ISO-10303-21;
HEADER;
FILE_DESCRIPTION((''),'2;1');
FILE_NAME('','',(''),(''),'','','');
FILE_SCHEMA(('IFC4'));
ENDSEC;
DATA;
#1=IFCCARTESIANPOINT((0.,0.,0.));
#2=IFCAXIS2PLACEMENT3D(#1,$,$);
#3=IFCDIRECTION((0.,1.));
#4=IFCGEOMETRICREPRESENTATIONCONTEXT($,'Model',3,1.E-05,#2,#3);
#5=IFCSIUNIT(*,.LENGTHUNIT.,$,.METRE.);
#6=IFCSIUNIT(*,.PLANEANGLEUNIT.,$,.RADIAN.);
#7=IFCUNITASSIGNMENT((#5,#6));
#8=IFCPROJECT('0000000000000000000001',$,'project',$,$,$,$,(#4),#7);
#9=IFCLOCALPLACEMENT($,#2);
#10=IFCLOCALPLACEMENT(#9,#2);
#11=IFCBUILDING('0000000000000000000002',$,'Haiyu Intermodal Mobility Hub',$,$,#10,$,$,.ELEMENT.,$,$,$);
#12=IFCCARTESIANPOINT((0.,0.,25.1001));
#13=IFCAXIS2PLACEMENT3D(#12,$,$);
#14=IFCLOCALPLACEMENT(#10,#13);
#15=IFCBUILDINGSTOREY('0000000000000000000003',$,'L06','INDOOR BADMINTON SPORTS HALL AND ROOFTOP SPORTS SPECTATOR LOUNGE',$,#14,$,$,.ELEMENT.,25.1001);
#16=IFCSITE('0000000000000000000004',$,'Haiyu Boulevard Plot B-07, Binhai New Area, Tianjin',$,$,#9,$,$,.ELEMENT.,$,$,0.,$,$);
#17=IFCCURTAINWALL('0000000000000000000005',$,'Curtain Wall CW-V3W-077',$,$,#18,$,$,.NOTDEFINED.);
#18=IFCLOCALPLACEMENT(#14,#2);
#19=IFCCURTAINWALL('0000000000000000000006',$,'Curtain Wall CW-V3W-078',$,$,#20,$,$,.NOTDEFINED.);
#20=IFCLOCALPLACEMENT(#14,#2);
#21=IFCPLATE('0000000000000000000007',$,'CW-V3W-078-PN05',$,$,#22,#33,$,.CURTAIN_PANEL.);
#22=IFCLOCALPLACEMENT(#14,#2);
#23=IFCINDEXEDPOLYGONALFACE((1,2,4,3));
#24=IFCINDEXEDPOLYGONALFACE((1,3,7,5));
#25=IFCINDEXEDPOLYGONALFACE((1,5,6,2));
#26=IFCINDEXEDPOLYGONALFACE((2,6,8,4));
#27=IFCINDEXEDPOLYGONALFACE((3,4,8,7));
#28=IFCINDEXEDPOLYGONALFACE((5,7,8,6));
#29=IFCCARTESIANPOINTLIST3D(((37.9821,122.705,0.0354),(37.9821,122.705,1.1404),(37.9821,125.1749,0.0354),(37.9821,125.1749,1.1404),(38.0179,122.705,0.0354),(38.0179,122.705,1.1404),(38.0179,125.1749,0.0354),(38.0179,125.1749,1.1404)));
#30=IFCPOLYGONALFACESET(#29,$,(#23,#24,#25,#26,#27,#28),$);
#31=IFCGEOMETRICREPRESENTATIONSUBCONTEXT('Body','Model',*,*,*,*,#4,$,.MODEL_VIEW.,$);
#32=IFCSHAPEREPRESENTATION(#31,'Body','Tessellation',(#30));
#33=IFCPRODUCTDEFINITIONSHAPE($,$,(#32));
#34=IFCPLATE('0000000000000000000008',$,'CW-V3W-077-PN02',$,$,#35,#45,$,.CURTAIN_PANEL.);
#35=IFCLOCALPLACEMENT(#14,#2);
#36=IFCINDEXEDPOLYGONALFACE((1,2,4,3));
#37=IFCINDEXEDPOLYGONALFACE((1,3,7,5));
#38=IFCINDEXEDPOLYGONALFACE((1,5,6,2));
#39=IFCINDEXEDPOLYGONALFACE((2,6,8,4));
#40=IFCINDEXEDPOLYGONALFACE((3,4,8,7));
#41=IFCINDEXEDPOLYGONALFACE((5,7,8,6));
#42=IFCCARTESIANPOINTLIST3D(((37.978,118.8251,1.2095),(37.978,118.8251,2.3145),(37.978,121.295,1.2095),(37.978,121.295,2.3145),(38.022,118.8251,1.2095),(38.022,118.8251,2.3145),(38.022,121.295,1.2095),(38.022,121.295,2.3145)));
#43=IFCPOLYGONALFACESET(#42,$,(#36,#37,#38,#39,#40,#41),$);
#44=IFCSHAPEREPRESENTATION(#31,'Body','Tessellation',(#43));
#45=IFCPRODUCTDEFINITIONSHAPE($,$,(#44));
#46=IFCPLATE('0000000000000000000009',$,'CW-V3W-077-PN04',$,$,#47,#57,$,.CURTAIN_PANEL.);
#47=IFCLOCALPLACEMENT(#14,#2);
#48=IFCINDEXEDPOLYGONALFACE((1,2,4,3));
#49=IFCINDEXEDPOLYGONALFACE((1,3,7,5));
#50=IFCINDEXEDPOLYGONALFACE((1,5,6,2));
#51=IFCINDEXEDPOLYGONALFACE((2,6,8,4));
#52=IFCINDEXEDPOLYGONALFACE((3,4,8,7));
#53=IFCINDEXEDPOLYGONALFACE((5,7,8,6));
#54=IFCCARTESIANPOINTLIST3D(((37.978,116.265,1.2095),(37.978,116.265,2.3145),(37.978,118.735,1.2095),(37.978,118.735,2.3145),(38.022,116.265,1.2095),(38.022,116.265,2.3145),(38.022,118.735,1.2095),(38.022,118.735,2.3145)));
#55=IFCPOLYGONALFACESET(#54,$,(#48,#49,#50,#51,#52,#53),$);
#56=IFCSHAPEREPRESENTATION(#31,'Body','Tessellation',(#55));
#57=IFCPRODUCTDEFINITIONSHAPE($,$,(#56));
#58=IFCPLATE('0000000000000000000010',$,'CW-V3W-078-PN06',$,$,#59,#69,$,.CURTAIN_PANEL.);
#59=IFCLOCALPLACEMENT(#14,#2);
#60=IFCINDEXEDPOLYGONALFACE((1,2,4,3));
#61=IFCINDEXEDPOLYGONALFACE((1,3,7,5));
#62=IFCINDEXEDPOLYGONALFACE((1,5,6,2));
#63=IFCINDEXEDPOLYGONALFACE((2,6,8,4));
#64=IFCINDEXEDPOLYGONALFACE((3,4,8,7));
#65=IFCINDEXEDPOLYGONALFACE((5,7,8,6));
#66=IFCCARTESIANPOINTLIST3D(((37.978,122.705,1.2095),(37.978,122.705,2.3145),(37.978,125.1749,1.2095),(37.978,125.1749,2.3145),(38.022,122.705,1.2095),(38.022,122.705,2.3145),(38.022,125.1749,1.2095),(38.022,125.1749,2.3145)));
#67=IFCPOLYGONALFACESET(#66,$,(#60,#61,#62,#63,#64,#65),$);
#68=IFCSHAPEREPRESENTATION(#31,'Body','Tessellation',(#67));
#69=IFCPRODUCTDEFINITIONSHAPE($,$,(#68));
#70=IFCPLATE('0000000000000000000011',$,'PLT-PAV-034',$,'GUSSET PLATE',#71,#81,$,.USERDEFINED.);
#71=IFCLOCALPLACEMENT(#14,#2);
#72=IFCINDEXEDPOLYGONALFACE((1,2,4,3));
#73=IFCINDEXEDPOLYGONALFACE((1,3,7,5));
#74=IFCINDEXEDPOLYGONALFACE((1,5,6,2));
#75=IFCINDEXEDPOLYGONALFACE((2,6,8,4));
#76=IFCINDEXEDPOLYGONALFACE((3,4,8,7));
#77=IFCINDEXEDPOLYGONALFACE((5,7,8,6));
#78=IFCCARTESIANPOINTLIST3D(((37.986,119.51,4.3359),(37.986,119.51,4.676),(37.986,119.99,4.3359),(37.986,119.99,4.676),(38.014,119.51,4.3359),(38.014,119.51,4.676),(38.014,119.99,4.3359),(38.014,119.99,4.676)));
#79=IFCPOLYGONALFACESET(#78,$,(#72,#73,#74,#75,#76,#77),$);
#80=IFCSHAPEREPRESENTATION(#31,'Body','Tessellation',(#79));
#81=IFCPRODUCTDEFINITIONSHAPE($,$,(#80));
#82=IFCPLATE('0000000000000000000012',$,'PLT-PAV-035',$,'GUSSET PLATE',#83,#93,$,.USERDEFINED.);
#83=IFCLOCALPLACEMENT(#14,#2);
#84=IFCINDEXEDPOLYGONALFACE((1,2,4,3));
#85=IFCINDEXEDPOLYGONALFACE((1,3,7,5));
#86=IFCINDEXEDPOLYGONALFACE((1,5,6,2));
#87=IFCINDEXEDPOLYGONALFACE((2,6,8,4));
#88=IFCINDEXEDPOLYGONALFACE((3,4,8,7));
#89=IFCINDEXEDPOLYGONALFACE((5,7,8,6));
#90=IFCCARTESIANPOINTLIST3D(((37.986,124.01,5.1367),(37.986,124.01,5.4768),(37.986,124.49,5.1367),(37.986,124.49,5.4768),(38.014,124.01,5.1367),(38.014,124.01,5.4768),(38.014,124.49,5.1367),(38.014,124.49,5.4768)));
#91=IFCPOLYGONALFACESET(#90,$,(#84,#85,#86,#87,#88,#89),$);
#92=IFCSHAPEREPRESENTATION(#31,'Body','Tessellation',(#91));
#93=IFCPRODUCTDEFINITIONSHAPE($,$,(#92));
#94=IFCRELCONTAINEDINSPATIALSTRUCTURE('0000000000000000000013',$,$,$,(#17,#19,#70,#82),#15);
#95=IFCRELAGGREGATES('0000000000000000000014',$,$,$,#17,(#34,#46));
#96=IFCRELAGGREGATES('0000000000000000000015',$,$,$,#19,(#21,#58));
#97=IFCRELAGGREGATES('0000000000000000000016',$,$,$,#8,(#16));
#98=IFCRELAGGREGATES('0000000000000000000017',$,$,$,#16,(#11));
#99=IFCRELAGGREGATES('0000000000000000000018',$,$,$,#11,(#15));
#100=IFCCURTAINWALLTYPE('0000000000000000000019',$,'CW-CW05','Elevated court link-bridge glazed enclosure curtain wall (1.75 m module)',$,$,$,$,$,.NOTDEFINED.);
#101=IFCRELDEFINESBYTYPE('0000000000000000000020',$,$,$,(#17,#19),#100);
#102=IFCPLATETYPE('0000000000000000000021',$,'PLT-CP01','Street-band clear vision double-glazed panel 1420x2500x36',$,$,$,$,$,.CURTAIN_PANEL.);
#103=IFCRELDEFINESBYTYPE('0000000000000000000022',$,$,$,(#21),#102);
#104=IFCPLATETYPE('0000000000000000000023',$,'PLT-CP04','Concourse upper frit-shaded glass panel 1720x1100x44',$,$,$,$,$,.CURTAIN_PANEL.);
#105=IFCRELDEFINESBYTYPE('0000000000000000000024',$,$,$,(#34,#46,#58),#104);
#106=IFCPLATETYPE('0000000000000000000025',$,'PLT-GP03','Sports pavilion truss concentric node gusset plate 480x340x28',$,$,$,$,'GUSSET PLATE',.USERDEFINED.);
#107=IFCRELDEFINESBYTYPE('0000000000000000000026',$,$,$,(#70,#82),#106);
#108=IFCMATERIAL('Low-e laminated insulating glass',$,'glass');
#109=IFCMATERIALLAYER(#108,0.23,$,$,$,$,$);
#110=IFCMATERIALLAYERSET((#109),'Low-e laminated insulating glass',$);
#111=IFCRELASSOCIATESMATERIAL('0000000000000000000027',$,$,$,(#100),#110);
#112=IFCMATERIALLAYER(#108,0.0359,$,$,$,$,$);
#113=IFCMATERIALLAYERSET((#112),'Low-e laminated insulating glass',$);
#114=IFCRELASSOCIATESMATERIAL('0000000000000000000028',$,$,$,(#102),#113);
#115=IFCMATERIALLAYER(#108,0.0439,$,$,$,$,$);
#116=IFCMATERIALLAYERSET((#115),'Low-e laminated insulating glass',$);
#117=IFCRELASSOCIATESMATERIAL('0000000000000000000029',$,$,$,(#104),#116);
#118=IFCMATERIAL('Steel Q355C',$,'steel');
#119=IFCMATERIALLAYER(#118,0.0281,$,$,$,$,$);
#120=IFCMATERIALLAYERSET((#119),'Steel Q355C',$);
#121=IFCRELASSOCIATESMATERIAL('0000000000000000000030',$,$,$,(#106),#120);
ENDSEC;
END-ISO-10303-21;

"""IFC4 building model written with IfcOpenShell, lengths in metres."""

from ifc_helpers import new_model, si_unit, direction, frame, origin, origin_2d, place, context, subcontext, project, spatial, rectangle, extrude, material, layer, layer_set, type_object, element, aggregate, save


model = new_model("IFC4")

# Units and contexts
model_context = context("Model", 3, precision=1e-05, world=origin(), true_north=direction((0.0, 1.0)))
body_context = subcontext(model_context, "Body", "Model", "MODEL_VIEW")
ifc_project = project(units=[si_unit("LENGTHUNIT", "METRE"), si_unit("PLANEANGLEUNIT", "RADIAN")], contexts=[model_context])

# Site, building, storey
site_placement = place(None, origin())
site = spatial("IfcSite", under=ifc_project, at=site_placement, Name="Haiyu Boulevard Plot B-07, Binhai New Area, Tianjin", CompositionType="ELEMENT", RefElevation=0.0)
building_placement = place(site_placement, origin())
building = spatial("IfcBuilding", under=site, at=building_placement, Name="Haiyu Intermodal Mobility Hub", CompositionType="ELEMENT")
storey_placement = place(building_placement, frame((0.0, 0.0, 25.1001)))
storey = spatial("IfcBuildingStorey", under=building, at=storey_placement, Name="L06", Description="INDOOR BADMINTON SPORTS HALL AND ROOFTOP SPORTS SPECTATOR LOUNGE", CompositionType="ELEMENT", Elevation=25.1001)

# Shared definitions
ifc_material_1 = material(Name="Steel Q355C", Category="steel")

# Curtain walls
ifc_material_2 = material(Name="Low-e laminated insulating glass", Category="glass")
ifc_layer_1 = layer(ifc_material_2, 0.23)
ifc_layer_set_1 = layer_set([ifc_layer_1], Name="Low-e laminated insulating glass")
curtain_wall_type = type_object("IfcCurtainWallType", Name="CW-CW05", Description="Elevated court link-bridge glazed enclosure curtain wall (1.75 m module)", PredefinedType="NOTDEFINED", material=ifc_layer_set_1)
curtain_wall_1_placement = place(storey_placement, origin())
curtain_wall_1 = element("IfcCurtainWall", 1, at=curtain_wall_1_placement, inside=storey, type_object=curtain_wall_type, Name="Curtain Wall CW-V3W-077", PredefinedType="NOTDEFINED")
curtain_wall_2_placement = place(storey_placement, origin())
curtain_wall_2 = element("IfcCurtainWall", 2, at=curtain_wall_2_placement, inside=storey, type_object=curtain_wall_type, Name="Curtain Wall CW-V3W-078", PredefinedType="NOTDEFINED")

# Plates
ifc_layer_2 = layer(ifc_material_2, 0.0359)
ifc_layer_set_2 = layer_set([ifc_layer_2], Name="Low-e laminated insulating glass")
plate_type_1 = type_object("IfcPlateType", Name="PLT-CP01", Description="Street-band clear vision double-glazed panel 1420x2500x36", PredefinedType="CURTAIN_PANEL", material=ifc_layer_set_2)
plate_1_placement = place(storey_placement, frame((38.0, 123.9399, 0.0354), z_axis=(0.0, 0.0, 1.0), x_axis=(0.0, -1.0, 0.0)))
plate_1 = element("IfcPlate", 3, at=plate_1_placement, type_object=plate_type_1, Name="CW-V3W-078-PN05", PredefinedType="CURTAIN_PANEL", context=body_context, shape_type="SweptSolid", body=[
    extrude(rectangle(XDim=2.47, YDim=0.0359, at=origin_2d()), origin(), (0.0, 0.0, 1.0), 1.105),
])
ifc_layer_3 = layer(ifc_material_2, 0.0439)
ifc_layer_set_3 = layer_set([ifc_layer_3], Name="Low-e laminated insulating glass")
plate_type_2 = type_object("IfcPlateType", Name="PLT-CP04", Description="Concourse upper frit-shaded glass panel 1720x1100x44", PredefinedType="CURTAIN_PANEL", material=ifc_layer_set_3)
plate_2_placement = place(storey_placement, frame((38.0, 120.0601, 1.2095), z_axis=(0.0, 0.0, 1.0), x_axis=(0.0, -1.0, 0.0)))
plate_2 = element("IfcPlate", 4, at=plate_2_placement, type_object=plate_type_2, Name="CW-V3W-077-PN02", PredefinedType="CURTAIN_PANEL", context=body_context, shape_type="SweptSolid", body=[
    extrude(rectangle(XDim=2.47, YDim=0.0439, at=origin_2d()), origin(), (0.0, 0.0, 1.0), 1.105),
])
plate_3_placement = place(storey_placement, frame((38.0, 117.5, 1.2095), z_axis=(0.0, 0.0, 1.0), x_axis=(0.0, -1.0, 0.0)))
plate_3 = element("IfcPlate", 5, at=plate_3_placement, type_object=plate_type_2, Name="CW-V3W-077-PN04", PredefinedType="CURTAIN_PANEL", context=body_context, shape_type="SweptSolid", body=[
    extrude(rectangle(XDim=2.47, YDim=0.0439, at=origin_2d()), origin(), (0.0, 0.0, 1.0), 1.105),
])
aggregate(curtain_wall_1, [plate_2, plate_3])
plate_4_placement = place(storey_placement, frame((38.0, 123.9399, 1.2095), z_axis=(0.0, 0.0, 1.0), x_axis=(0.0, -1.0, 0.0)))
plate_4 = element("IfcPlate", 6, at=plate_4_placement, type_object=plate_type_2, Name="CW-V3W-078-PN06", PredefinedType="CURTAIN_PANEL", context=body_context, shape_type="SweptSolid", body=[
    extrude(rectangle(XDim=2.47, YDim=0.0439, at=origin_2d()), origin(), (0.0, 0.0, 1.0), 1.105),
])
aggregate(curtain_wall_2, [plate_1, plate_4])

# Plates
ifc_layer_4 = layer(ifc_material_1, 0.0281)
ifc_layer_set_4 = layer_set([ifc_layer_4], Name="Steel Q355C")
plate_type_3 = type_object("IfcPlateType", Name="PLT-GP03", Description="Sports pavilion truss concentric node gusset plate 480x340x28", ElementType="GUSSET PLATE", PredefinedType="USERDEFINED", material=ifc_layer_set_4)
for number, where, z_axis, x_axis, name in (
    (7, (38.0, 119.75, 4.3359), (0.0, 0.0, 1.0), (1.0, 0.0, 0.0), "PLT-PAV-034"),
    (8, (38.0, 124.25, 5.1367), (0.0, 0.0, 1.0), (1.0, 0.0, 0.0), "PLT-PAV-035"),
):
    element("IfcPlate", number, at=place(storey_placement, frame(where, z_axis=z_axis, x_axis=x_axis)), inside=storey, type_object=plate_type_3, Name=name, ObjectType="GUSSET PLATE", PredefinedType="USERDEFINED", context=body_context, shape_type="SweptSolid", body=[
        extrude(rectangle(XDim=0.0281, YDim=0.48, at=origin_2d()), origin(), (0.0, 0.0, 1.0), 0.3401),
    ])

save(model, "model.ifc")
